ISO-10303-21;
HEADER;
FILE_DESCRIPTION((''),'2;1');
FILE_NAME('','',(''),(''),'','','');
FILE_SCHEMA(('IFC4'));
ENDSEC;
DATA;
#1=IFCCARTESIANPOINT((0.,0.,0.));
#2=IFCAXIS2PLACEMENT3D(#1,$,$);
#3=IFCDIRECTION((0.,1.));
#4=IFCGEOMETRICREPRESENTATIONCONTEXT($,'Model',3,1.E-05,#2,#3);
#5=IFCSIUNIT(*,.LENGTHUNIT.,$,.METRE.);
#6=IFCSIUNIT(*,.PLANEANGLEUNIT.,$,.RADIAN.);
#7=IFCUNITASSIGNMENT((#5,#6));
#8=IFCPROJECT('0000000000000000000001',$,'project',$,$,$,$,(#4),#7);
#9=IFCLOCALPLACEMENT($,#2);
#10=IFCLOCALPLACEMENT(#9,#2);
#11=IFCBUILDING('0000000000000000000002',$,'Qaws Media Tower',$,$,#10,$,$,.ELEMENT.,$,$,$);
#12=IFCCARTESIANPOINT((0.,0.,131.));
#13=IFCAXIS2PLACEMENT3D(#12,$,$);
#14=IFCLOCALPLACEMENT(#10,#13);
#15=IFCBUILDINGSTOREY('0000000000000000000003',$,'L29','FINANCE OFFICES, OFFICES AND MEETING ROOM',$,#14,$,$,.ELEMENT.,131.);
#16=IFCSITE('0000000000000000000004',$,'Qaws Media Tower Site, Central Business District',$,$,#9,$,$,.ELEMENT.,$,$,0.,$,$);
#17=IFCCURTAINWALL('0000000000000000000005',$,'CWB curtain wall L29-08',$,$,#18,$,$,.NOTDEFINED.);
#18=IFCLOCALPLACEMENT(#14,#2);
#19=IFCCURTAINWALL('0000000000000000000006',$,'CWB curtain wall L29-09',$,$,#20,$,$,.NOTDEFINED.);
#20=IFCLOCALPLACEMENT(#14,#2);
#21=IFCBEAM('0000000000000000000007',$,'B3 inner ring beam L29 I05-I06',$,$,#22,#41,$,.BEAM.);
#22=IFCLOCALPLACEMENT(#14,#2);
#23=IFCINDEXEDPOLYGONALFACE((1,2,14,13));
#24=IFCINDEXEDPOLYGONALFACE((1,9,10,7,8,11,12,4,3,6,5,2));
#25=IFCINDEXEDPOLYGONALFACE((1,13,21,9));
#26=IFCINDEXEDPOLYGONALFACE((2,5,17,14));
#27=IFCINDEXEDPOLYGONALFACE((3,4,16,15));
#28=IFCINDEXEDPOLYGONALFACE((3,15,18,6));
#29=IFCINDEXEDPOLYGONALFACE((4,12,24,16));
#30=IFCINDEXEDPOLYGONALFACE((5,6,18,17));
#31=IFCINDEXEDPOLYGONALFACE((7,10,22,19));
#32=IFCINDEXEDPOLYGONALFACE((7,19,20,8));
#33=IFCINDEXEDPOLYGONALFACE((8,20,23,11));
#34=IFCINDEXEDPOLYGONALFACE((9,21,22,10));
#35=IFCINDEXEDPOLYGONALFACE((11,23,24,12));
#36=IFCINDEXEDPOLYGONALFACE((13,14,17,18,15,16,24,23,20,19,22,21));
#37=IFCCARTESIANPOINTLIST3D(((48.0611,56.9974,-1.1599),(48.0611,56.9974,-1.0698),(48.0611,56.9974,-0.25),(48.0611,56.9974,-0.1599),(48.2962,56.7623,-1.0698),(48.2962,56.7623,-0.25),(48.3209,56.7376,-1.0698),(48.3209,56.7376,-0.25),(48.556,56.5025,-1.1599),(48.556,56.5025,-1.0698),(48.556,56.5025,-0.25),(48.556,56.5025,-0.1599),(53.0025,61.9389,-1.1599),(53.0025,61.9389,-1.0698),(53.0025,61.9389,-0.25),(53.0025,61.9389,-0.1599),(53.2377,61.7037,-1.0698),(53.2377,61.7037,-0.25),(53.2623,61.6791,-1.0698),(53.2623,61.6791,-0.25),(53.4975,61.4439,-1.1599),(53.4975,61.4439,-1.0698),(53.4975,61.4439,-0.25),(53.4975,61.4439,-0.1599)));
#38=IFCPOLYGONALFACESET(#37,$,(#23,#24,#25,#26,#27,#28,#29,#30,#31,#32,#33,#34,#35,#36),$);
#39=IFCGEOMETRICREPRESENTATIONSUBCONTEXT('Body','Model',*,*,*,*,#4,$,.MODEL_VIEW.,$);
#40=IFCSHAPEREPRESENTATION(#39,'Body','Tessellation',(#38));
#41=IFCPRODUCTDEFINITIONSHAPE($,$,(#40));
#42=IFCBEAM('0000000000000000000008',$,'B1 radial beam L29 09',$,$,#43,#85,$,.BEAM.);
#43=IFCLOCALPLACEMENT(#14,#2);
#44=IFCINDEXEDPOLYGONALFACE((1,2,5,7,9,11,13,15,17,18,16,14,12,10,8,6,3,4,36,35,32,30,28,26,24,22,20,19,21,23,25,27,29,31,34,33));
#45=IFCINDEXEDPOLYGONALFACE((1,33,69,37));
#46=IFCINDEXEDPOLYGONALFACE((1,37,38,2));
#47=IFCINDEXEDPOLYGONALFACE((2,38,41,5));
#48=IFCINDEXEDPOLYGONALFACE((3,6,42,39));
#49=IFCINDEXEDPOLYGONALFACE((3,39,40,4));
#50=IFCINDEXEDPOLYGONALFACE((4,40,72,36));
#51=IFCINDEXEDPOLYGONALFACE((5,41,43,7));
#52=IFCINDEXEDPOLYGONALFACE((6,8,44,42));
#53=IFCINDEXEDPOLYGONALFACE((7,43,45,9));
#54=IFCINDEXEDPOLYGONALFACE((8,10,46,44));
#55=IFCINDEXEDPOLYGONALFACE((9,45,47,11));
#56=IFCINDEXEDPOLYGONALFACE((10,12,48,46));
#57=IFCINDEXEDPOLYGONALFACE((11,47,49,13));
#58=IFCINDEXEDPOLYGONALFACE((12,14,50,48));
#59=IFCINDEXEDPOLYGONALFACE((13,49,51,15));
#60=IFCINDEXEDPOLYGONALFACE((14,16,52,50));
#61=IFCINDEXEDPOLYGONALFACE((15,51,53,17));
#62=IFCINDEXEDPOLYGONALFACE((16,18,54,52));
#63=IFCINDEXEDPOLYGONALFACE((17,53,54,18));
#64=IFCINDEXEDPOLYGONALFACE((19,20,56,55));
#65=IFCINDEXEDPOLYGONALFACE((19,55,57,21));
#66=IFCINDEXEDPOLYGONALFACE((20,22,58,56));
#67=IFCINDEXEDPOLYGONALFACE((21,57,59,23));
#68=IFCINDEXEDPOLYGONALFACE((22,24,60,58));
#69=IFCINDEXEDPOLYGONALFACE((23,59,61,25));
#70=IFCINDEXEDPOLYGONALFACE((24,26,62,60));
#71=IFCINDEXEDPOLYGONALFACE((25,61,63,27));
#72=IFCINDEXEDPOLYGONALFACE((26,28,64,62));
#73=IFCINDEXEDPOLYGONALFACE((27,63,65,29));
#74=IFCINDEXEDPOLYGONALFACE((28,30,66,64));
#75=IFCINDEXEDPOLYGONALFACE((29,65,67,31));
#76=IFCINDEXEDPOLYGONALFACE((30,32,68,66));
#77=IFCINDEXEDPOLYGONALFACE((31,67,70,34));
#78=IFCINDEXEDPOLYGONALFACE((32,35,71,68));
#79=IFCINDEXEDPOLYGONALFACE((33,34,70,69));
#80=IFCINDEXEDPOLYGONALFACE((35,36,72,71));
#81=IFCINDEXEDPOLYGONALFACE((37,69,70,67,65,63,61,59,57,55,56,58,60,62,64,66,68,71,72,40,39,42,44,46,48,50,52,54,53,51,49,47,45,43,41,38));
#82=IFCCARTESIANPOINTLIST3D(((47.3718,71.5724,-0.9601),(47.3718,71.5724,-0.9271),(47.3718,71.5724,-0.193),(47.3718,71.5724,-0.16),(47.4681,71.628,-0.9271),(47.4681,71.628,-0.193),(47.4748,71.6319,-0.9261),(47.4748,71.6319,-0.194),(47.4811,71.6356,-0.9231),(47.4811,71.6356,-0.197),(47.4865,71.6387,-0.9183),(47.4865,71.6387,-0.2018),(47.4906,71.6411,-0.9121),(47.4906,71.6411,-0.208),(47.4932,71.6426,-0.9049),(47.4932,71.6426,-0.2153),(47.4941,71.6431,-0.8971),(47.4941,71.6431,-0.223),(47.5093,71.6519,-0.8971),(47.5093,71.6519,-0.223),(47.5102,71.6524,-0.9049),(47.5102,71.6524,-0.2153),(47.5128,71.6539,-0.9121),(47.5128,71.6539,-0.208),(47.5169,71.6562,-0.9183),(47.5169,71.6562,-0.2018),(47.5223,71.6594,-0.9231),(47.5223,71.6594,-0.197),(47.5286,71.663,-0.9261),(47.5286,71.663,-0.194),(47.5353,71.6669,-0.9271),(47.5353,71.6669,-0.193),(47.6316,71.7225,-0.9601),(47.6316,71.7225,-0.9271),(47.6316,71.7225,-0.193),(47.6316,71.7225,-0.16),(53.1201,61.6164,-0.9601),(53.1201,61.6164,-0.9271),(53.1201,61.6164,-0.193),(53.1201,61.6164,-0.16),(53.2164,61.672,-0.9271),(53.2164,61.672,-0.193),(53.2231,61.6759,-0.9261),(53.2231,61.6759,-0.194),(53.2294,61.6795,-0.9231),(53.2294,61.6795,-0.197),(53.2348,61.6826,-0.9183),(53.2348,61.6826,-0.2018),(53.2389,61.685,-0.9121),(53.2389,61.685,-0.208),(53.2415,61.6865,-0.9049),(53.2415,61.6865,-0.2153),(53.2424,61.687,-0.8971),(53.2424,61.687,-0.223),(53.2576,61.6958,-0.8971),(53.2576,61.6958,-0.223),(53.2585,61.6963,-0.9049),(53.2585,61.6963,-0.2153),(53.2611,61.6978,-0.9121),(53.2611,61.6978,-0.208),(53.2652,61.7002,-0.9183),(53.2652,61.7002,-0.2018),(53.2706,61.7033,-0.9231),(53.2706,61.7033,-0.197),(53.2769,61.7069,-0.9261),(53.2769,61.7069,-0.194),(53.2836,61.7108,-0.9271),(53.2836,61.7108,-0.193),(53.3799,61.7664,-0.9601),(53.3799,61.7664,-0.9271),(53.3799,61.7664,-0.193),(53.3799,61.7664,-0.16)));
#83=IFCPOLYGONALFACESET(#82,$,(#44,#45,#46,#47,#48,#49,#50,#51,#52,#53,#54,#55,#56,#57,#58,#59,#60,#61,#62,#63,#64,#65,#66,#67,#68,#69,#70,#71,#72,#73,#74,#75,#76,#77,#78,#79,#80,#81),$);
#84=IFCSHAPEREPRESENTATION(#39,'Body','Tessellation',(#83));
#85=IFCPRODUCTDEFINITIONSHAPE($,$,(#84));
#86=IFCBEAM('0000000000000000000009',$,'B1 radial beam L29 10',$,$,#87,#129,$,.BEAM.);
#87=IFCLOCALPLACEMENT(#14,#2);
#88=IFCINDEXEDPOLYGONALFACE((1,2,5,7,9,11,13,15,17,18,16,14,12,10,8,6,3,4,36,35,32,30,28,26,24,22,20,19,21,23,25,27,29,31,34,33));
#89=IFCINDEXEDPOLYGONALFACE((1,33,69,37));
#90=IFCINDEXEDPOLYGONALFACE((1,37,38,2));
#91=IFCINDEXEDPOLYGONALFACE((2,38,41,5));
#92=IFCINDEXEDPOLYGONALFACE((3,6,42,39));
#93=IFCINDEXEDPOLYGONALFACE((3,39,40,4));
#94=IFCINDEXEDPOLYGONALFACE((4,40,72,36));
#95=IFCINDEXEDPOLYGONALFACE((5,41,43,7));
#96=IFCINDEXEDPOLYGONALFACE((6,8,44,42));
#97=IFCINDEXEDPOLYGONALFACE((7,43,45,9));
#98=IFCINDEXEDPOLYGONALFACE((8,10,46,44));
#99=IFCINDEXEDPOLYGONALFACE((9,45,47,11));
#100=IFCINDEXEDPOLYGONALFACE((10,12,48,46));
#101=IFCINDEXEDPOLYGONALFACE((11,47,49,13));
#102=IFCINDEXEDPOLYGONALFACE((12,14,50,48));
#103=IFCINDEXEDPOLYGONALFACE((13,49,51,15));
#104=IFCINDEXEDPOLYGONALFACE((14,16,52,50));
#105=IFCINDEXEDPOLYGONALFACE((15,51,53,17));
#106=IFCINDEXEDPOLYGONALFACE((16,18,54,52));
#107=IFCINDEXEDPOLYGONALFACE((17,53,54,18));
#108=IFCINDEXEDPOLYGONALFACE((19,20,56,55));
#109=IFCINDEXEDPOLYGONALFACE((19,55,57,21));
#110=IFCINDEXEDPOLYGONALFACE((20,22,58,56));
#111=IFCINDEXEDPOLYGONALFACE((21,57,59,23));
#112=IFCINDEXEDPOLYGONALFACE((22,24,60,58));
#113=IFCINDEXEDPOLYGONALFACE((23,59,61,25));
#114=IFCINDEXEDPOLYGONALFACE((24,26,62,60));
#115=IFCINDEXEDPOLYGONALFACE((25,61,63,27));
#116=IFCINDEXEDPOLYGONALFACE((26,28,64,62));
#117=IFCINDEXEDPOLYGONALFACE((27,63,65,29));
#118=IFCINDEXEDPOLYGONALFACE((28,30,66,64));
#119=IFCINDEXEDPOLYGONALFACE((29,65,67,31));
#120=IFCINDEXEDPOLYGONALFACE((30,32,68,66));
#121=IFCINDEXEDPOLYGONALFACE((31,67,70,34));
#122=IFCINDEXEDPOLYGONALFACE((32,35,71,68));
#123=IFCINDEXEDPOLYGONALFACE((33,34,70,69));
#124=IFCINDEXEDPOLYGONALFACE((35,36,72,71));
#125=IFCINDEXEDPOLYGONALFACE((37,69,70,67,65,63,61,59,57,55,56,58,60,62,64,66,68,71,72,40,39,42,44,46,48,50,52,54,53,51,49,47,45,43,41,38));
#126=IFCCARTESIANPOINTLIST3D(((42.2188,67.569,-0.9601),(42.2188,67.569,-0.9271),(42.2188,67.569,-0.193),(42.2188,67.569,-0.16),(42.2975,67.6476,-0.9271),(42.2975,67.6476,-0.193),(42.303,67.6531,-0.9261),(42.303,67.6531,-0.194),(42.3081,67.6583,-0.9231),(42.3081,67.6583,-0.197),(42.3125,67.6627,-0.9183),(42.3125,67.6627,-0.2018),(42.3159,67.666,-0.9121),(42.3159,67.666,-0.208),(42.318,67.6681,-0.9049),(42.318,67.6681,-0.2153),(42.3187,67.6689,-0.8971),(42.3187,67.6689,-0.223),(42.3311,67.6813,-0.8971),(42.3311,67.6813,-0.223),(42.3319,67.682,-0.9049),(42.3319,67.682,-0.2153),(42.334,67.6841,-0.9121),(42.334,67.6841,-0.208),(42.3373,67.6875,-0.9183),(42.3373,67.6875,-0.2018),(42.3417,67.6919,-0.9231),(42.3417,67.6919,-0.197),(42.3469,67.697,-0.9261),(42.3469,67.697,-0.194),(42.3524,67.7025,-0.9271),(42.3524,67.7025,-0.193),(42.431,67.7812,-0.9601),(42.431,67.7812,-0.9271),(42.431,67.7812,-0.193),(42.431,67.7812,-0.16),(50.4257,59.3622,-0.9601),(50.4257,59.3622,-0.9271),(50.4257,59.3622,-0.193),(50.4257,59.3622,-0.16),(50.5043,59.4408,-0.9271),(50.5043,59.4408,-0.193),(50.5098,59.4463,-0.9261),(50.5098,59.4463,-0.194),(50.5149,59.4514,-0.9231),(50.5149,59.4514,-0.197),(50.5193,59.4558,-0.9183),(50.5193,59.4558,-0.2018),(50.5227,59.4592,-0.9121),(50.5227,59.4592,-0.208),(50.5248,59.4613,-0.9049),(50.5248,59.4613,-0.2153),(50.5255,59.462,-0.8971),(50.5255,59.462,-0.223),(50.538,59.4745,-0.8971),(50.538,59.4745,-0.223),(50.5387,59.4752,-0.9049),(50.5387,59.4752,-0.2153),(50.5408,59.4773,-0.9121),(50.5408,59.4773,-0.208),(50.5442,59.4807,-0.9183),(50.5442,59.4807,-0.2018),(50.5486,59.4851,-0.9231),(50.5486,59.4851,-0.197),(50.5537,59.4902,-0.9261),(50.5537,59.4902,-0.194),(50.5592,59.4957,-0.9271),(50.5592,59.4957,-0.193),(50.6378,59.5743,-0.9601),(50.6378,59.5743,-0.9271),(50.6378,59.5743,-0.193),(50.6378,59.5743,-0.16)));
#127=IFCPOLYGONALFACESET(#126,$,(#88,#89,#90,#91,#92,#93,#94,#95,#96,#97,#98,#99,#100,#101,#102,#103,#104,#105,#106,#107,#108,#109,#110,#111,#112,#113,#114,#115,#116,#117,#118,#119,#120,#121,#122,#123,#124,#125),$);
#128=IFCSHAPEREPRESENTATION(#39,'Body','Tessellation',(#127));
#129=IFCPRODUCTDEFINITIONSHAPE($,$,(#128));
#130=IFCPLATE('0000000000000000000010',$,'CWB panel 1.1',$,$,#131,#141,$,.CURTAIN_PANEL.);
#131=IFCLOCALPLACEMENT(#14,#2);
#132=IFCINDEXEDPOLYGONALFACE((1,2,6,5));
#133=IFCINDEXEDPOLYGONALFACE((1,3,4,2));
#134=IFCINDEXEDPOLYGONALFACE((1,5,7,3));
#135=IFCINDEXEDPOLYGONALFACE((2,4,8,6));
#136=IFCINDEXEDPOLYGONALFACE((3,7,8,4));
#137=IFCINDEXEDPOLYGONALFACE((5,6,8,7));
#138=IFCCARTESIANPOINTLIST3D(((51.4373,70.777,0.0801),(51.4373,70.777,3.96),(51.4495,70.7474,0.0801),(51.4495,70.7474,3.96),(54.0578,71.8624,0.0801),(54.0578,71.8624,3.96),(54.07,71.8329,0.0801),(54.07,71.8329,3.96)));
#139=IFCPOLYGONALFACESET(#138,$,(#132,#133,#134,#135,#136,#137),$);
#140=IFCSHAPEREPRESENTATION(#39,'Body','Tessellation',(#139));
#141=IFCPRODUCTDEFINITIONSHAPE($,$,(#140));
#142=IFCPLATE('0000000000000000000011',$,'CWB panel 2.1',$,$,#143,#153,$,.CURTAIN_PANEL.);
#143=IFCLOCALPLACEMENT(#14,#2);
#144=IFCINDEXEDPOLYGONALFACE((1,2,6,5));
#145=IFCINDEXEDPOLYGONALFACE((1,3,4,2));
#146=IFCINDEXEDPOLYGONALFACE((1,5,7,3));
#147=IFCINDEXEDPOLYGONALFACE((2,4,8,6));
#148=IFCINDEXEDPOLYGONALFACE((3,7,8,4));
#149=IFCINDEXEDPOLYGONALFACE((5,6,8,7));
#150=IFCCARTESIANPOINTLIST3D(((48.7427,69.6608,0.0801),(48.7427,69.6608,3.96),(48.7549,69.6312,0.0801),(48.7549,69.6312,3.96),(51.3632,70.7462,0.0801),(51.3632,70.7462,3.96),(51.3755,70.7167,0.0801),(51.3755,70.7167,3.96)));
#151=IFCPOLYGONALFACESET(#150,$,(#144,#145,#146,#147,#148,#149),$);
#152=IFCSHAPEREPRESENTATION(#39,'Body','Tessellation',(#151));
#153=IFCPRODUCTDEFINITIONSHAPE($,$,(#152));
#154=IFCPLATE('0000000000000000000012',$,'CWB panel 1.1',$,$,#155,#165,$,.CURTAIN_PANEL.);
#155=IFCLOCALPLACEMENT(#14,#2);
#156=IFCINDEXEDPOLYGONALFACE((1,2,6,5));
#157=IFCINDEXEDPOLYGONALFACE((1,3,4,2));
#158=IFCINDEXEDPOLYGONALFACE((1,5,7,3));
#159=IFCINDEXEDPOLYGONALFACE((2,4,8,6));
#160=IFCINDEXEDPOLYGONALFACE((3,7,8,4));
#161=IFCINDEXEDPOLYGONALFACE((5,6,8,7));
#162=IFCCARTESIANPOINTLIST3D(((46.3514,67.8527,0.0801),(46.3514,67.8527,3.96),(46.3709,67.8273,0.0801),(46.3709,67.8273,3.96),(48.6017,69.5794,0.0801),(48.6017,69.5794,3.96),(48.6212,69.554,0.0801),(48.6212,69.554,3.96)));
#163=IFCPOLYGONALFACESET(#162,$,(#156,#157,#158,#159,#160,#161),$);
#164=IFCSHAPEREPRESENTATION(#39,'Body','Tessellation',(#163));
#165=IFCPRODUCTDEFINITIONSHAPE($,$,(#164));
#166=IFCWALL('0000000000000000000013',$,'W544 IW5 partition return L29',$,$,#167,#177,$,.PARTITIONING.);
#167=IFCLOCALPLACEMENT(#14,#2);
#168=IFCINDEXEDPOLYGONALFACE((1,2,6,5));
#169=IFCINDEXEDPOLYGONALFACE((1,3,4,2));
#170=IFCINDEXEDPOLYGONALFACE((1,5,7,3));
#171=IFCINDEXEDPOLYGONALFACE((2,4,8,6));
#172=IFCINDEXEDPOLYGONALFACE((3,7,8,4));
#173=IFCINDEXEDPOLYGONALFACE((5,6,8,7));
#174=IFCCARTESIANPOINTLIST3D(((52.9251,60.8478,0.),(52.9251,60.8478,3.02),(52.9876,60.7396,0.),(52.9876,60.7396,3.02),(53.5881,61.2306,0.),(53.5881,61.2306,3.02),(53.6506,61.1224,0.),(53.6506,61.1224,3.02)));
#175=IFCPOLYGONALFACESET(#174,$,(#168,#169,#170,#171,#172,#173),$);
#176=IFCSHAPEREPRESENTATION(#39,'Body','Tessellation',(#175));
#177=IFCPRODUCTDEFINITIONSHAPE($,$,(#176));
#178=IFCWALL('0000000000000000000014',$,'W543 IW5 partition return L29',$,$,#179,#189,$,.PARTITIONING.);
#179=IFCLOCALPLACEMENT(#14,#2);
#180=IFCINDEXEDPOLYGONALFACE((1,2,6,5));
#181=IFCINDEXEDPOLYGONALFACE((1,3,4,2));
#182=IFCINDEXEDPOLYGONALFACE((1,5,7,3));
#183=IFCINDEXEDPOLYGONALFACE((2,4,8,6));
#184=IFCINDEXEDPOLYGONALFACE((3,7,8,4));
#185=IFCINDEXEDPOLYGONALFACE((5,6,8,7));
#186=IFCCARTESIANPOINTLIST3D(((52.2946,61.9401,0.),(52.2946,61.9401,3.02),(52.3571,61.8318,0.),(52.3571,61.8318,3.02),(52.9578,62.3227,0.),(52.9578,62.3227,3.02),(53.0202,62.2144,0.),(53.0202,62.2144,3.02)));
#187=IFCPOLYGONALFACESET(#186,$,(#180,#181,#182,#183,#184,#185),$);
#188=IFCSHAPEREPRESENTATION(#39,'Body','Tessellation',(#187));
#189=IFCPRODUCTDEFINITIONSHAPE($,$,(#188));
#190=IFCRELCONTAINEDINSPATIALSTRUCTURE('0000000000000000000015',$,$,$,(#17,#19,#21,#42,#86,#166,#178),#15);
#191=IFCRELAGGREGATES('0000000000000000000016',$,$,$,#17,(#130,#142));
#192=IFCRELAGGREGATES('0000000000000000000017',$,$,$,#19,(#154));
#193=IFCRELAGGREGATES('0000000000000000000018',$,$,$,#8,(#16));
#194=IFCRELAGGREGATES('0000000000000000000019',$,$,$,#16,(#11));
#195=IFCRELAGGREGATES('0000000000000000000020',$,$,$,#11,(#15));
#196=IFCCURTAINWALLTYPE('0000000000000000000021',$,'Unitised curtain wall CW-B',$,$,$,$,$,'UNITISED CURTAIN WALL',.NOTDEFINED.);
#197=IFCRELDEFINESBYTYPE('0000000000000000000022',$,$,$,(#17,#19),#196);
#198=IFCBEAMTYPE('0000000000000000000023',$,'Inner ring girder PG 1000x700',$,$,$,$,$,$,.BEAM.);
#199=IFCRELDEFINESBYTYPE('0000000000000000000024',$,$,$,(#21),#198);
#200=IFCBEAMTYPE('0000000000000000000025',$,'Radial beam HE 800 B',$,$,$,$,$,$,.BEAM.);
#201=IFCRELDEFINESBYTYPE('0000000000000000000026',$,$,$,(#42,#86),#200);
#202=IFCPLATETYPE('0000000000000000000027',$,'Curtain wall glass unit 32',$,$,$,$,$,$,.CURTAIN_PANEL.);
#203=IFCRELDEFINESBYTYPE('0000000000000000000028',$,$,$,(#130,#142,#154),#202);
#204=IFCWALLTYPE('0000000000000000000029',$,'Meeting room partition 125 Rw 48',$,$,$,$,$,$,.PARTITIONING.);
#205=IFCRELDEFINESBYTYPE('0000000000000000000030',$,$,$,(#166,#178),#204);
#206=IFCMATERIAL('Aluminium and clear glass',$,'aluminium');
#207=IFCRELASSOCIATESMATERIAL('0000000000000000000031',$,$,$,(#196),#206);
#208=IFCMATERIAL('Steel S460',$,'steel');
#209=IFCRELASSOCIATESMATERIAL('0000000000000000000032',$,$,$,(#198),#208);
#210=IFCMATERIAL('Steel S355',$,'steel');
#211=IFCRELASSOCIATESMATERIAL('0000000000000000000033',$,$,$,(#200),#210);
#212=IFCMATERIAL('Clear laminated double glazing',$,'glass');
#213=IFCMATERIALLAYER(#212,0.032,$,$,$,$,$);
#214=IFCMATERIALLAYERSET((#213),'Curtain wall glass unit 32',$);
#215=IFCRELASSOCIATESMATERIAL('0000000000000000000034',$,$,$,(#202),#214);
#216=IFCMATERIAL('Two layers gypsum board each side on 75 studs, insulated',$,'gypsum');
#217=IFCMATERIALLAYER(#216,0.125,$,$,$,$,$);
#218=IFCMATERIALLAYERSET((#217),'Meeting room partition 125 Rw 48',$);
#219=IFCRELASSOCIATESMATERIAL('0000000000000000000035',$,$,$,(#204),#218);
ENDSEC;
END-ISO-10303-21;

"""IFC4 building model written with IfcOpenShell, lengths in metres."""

from ifc_helpers import new_model, si_unit, direction, frame, frame_2d, origin, origin_2d, place, context, subcontext, project, spatial, rectangle, i_section, extrude, material, layer, layer_set, material_profile, profile_set, type_object, element, aggregate, save


model = new_model("IFC4")

# Units and contexts
model_context = context("Model", 3, precision=1e-05, world=origin(), true_north=direction((0.0, 1.0)))
body_context = subcontext(model_context, "Body", "Model", "MODEL_VIEW")
ifc_project = project(units=[si_unit("LENGTHUNIT", "METRE"), si_unit("PLANEANGLEUNIT", "RADIAN")], contexts=[model_context])

# Site, building, storey
site_placement = place(None, origin())
site = spatial("IfcSite", under=ifc_project, at=site_placement, Name="Qaws Media Tower Site, Central Business District", CompositionType="ELEMENT", RefElevation=0.0)
building_placement = place(site_placement, origin())
building = spatial("IfcBuilding", under=site, at=building_placement, Name="Qaws Media Tower", CompositionType="ELEMENT")
storey_placement = place(building_placement, frame((0.0, 0.0, 131.0)))
storey = spatial("IfcBuildingStorey", under=building, at=storey_placement, Name="L29", Description="FINANCE OFFICES, OFFICES AND MEETING ROOM", CompositionType="ELEMENT", Elevation=131.0)

# Curtain walls
ifc_material_1 = material(Name="Aluminium and clear glass", Category="aluminium")
curtain_wall_type = type_object("IfcCurtainWallType", Name="Unitised curtain wall CW-B", ElementType="UNITISED CURTAIN WALL", PredefinedType="NOTDEFINED", material=ifc_material_1)
curtain_wall_1_placement = place(storey_placement, origin())
curtain_wall_1 = element("IfcCurtainWall", 1, at=curtain_wall_1_placement, inside=storey, type_object=curtain_wall_type, Name="CWB curtain wall L29-08", PredefinedType="NOTDEFINED")
curtain_wall_2_placement = place(storey_placement, origin())
curtain_wall_2 = element("IfcCurtainWall", 2, at=curtain_wall_2_placement, inside=storey, type_object=curtain_wall_type, Name="CWB curtain wall L29-09", PredefinedType="NOTDEFINED")

# Beams
ifc_material_2 = material(Name="Steel S460", Category="steel")
ifc_material_profile_1 = material_profile(ifc_material_2, i_section(OverallWidth=0.7, OverallDepth=1.0, WebThickness=0.0349, FlangeThickness=0.0901, at=origin_2d()), Name="PG 1000x700")
ifc_profile_set_1 = profile_set([ifc_material_profile_1], Name="Steel S460")
beam_type_1 = type_object("IfcBeamType", Name="Inner ring girder PG 1000x700", PredefinedType="BEAM", material=ifc_profile_set_1)
beam_1_placement = place(storey_placement, frame((53.25, 61.6914, -0.6599), z_axis=(-0.707107, -0.707107, 0.0), x_axis=(0.707107, -0.707107, 0.0)))
element("IfcBeam", 3, at=beam_1_placement, inside=storey, type_object=beam_type_1, Name="B3 inner ring beam L29 I05-I06", PredefinedType="BEAM", context=body_context, shape_type="SweptSolid", body=[
    extrude(i_section(OverallWidth=0.7, OverallDepth=1.0, WebThickness=0.0349, FlangeThickness=0.0901, at=origin_2d()), origin(), (0.0, 0.0, 1.0), 6.9883),
])
ifc_material_3 = material(Name="Steel S355", Category="steel")
ifc_material_profile_2 = material_profile(ifc_material_3, i_section(OverallWidth=0.3, OverallDepth=0.8, WebThickness=0.0176, FlangeThickness=0.033, FilletRadius=0.03, at=origin_2d()), Name="HE 800 B")
ifc_profile_set_2 = profile_set([ifc_material_profile_2], Name="Steel S355")
beam_type_2 = type_object("IfcBeamType", Name="Radial beam HE 800 B", PredefinedType="BEAM", material=ifc_profile_set_2)
beam_2_placement = place(storey_placement, frame((53.25, 61.6914, -0.5601), z_axis=(-0.50001, 0.866019, 0.0), x_axis=(-0.866019, -0.50001, 0.0)))
element("IfcBeam", 4, at=beam_2_placement, inside=storey, type_object=beam_type_2, Name="B1 radial beam L29 09", PredefinedType="BEAM", context=body_context, shape_type="SweptSolid", body=[
    extrude(i_section(OverallWidth=0.3, OverallDepth=0.8, WebThickness=0.0176, FlangeThickness=0.033, FilletRadius=0.03, at=origin_2d()), origin(), (0.0, 0.0, 1.0), 11.4963),
])
beam_3_placement = place(storey_placement, frame((50.5317, 59.4683, -0.5601), z_axis=(-0.707107, 0.707107, 0.0), x_axis=(-0.707107, -0.707107, 0.0)))
element("IfcBeam", 5, at=beam_3_placement, inside=storey, type_object=beam_type_2, Name="B1 radial beam L29 10", PredefinedType="BEAM", context=body_context, shape_type="SweptSolid", body=[
    extrude(i_section(OverallWidth=0.3, OverallDepth=0.8, WebThickness=0.0176, FlangeThickness=0.033, FilletRadius=0.03, at=origin_2d()), origin(), (0.0, 0.0, 1.0), 11.6062),
])

# Plates
ifc_material_4 = material(Name="Clear laminated double glazing", Category="glass")
ifc_layer_1 = layer(ifc_material_4, 0.032)
ifc_layer_set_1 = layer_set([ifc_layer_1], Name="Curtain wall glass unit 32")
plate_type = type_object("IfcPlateType", Name="Curtain wall glass unit 32", PredefinedType="CURTAIN_PANEL", material=ifc_layer_set_1)
plate_1_placement = place(storey_placement, frame((52.7537, 71.3049, 0.0801), z_axis=(0.0, 0.0, 1.0), x_axis=(-0.92388, -0.382683, 0.0)))
plate_1 = element("IfcPlate", 6, at=plate_1_placement, type_object=plate_type, Name="CWB panel 1.1", PredefinedType="CURTAIN_PANEL", context=body_context, shape_type="SweptSolid", body=[
    extrude(rectangle(XDim=2.8364, YDim=0.032, at=origin_2d()), origin(), (0.0, 0.0, 1.0), 3.8799),
])
plate_2_placement = place(storey_placement, frame((50.0591, 70.1887, 0.0801), z_axis=(0.0, 0.0, 1.0), x_axis=(-0.92388, -0.382683, 0.0)))
plate_2 = element("IfcPlate", 7, at=plate_2_placement, type_object=plate_type, Name="CWB panel 2.1", PredefinedType="CURTAIN_PANEL", context=body_context, shape_type="SweptSolid", body=[
    extrude(rectangle(XDim=2.8364, YDim=0.032, at=origin_2d()), origin(), (0.0, 0.0, 1.0), 3.8799),
])
aggregate(curtain_wall_1, [plate_1, plate_2])
plate_3_placement = place(storey_placement, frame((47.4863, 68.7034, 0.0801), z_axis=(0.0, 0.0, 1.0), x_axis=(-0.793353, -0.608761, 0.0)))
plate_3 = element("IfcPlate", 8, at=plate_3_placement, type_object=plate_type, Name="CWB panel 1.1", PredefinedType="CURTAIN_PANEL", context=body_context, shape_type="SweptSolid", body=[
    extrude(rectangle(XDim=2.8364, YDim=0.032, at=origin_2d()), origin(), (0.0, 0.0, 1.0), 3.8799),
])
aggregate(curtain_wall_2, [plate_3])

# Walls
ifc_material_5 = material(Name="Two layers gypsum board each side on 75 studs, insulated", Category="gypsum")
ifc_layer_2 = layer(ifc_material_5, 0.125)
ifc_layer_set_2 = layer_set([ifc_layer_2], Name="Meeting room partition 125 Rw 48")
wall_type_1 = type_object("IfcWallType", Name="Meeting room partition 125 Rw 48", PredefinedType="PARTITIONING", material=ifc_layer_set_2)
for number, where, z_axis, x_axis, name in (
    (9, (53.6194, 61.1765, 0.0), (0.0, 0.0, 1.0), (-0.866037, -0.49998, 0.0), "W544 IW5 partition return L29"),
    (10, (52.989, 62.2686, 0.0), (0.0, 0.0, 1.0), (-0.866175, -0.499741, 0.0), "W543 IW5 partition return L29"),
):
    element("IfcWall", number, at=place(storey_placement, frame(where, z_axis=z_axis, x_axis=x_axis)), inside=storey, type_object=wall_type_1, Name=name, PredefinedType="PARTITIONING", context=body_context, shape_type="SweptSolid", body=[
        extrude(rectangle(XDim=0.7656, YDim=0.125, at=frame_2d((0.3828, 0.0))), origin(), (0.0, 0.0, 1.0), 3.02),
    ])

save(model, "model.ifc")
